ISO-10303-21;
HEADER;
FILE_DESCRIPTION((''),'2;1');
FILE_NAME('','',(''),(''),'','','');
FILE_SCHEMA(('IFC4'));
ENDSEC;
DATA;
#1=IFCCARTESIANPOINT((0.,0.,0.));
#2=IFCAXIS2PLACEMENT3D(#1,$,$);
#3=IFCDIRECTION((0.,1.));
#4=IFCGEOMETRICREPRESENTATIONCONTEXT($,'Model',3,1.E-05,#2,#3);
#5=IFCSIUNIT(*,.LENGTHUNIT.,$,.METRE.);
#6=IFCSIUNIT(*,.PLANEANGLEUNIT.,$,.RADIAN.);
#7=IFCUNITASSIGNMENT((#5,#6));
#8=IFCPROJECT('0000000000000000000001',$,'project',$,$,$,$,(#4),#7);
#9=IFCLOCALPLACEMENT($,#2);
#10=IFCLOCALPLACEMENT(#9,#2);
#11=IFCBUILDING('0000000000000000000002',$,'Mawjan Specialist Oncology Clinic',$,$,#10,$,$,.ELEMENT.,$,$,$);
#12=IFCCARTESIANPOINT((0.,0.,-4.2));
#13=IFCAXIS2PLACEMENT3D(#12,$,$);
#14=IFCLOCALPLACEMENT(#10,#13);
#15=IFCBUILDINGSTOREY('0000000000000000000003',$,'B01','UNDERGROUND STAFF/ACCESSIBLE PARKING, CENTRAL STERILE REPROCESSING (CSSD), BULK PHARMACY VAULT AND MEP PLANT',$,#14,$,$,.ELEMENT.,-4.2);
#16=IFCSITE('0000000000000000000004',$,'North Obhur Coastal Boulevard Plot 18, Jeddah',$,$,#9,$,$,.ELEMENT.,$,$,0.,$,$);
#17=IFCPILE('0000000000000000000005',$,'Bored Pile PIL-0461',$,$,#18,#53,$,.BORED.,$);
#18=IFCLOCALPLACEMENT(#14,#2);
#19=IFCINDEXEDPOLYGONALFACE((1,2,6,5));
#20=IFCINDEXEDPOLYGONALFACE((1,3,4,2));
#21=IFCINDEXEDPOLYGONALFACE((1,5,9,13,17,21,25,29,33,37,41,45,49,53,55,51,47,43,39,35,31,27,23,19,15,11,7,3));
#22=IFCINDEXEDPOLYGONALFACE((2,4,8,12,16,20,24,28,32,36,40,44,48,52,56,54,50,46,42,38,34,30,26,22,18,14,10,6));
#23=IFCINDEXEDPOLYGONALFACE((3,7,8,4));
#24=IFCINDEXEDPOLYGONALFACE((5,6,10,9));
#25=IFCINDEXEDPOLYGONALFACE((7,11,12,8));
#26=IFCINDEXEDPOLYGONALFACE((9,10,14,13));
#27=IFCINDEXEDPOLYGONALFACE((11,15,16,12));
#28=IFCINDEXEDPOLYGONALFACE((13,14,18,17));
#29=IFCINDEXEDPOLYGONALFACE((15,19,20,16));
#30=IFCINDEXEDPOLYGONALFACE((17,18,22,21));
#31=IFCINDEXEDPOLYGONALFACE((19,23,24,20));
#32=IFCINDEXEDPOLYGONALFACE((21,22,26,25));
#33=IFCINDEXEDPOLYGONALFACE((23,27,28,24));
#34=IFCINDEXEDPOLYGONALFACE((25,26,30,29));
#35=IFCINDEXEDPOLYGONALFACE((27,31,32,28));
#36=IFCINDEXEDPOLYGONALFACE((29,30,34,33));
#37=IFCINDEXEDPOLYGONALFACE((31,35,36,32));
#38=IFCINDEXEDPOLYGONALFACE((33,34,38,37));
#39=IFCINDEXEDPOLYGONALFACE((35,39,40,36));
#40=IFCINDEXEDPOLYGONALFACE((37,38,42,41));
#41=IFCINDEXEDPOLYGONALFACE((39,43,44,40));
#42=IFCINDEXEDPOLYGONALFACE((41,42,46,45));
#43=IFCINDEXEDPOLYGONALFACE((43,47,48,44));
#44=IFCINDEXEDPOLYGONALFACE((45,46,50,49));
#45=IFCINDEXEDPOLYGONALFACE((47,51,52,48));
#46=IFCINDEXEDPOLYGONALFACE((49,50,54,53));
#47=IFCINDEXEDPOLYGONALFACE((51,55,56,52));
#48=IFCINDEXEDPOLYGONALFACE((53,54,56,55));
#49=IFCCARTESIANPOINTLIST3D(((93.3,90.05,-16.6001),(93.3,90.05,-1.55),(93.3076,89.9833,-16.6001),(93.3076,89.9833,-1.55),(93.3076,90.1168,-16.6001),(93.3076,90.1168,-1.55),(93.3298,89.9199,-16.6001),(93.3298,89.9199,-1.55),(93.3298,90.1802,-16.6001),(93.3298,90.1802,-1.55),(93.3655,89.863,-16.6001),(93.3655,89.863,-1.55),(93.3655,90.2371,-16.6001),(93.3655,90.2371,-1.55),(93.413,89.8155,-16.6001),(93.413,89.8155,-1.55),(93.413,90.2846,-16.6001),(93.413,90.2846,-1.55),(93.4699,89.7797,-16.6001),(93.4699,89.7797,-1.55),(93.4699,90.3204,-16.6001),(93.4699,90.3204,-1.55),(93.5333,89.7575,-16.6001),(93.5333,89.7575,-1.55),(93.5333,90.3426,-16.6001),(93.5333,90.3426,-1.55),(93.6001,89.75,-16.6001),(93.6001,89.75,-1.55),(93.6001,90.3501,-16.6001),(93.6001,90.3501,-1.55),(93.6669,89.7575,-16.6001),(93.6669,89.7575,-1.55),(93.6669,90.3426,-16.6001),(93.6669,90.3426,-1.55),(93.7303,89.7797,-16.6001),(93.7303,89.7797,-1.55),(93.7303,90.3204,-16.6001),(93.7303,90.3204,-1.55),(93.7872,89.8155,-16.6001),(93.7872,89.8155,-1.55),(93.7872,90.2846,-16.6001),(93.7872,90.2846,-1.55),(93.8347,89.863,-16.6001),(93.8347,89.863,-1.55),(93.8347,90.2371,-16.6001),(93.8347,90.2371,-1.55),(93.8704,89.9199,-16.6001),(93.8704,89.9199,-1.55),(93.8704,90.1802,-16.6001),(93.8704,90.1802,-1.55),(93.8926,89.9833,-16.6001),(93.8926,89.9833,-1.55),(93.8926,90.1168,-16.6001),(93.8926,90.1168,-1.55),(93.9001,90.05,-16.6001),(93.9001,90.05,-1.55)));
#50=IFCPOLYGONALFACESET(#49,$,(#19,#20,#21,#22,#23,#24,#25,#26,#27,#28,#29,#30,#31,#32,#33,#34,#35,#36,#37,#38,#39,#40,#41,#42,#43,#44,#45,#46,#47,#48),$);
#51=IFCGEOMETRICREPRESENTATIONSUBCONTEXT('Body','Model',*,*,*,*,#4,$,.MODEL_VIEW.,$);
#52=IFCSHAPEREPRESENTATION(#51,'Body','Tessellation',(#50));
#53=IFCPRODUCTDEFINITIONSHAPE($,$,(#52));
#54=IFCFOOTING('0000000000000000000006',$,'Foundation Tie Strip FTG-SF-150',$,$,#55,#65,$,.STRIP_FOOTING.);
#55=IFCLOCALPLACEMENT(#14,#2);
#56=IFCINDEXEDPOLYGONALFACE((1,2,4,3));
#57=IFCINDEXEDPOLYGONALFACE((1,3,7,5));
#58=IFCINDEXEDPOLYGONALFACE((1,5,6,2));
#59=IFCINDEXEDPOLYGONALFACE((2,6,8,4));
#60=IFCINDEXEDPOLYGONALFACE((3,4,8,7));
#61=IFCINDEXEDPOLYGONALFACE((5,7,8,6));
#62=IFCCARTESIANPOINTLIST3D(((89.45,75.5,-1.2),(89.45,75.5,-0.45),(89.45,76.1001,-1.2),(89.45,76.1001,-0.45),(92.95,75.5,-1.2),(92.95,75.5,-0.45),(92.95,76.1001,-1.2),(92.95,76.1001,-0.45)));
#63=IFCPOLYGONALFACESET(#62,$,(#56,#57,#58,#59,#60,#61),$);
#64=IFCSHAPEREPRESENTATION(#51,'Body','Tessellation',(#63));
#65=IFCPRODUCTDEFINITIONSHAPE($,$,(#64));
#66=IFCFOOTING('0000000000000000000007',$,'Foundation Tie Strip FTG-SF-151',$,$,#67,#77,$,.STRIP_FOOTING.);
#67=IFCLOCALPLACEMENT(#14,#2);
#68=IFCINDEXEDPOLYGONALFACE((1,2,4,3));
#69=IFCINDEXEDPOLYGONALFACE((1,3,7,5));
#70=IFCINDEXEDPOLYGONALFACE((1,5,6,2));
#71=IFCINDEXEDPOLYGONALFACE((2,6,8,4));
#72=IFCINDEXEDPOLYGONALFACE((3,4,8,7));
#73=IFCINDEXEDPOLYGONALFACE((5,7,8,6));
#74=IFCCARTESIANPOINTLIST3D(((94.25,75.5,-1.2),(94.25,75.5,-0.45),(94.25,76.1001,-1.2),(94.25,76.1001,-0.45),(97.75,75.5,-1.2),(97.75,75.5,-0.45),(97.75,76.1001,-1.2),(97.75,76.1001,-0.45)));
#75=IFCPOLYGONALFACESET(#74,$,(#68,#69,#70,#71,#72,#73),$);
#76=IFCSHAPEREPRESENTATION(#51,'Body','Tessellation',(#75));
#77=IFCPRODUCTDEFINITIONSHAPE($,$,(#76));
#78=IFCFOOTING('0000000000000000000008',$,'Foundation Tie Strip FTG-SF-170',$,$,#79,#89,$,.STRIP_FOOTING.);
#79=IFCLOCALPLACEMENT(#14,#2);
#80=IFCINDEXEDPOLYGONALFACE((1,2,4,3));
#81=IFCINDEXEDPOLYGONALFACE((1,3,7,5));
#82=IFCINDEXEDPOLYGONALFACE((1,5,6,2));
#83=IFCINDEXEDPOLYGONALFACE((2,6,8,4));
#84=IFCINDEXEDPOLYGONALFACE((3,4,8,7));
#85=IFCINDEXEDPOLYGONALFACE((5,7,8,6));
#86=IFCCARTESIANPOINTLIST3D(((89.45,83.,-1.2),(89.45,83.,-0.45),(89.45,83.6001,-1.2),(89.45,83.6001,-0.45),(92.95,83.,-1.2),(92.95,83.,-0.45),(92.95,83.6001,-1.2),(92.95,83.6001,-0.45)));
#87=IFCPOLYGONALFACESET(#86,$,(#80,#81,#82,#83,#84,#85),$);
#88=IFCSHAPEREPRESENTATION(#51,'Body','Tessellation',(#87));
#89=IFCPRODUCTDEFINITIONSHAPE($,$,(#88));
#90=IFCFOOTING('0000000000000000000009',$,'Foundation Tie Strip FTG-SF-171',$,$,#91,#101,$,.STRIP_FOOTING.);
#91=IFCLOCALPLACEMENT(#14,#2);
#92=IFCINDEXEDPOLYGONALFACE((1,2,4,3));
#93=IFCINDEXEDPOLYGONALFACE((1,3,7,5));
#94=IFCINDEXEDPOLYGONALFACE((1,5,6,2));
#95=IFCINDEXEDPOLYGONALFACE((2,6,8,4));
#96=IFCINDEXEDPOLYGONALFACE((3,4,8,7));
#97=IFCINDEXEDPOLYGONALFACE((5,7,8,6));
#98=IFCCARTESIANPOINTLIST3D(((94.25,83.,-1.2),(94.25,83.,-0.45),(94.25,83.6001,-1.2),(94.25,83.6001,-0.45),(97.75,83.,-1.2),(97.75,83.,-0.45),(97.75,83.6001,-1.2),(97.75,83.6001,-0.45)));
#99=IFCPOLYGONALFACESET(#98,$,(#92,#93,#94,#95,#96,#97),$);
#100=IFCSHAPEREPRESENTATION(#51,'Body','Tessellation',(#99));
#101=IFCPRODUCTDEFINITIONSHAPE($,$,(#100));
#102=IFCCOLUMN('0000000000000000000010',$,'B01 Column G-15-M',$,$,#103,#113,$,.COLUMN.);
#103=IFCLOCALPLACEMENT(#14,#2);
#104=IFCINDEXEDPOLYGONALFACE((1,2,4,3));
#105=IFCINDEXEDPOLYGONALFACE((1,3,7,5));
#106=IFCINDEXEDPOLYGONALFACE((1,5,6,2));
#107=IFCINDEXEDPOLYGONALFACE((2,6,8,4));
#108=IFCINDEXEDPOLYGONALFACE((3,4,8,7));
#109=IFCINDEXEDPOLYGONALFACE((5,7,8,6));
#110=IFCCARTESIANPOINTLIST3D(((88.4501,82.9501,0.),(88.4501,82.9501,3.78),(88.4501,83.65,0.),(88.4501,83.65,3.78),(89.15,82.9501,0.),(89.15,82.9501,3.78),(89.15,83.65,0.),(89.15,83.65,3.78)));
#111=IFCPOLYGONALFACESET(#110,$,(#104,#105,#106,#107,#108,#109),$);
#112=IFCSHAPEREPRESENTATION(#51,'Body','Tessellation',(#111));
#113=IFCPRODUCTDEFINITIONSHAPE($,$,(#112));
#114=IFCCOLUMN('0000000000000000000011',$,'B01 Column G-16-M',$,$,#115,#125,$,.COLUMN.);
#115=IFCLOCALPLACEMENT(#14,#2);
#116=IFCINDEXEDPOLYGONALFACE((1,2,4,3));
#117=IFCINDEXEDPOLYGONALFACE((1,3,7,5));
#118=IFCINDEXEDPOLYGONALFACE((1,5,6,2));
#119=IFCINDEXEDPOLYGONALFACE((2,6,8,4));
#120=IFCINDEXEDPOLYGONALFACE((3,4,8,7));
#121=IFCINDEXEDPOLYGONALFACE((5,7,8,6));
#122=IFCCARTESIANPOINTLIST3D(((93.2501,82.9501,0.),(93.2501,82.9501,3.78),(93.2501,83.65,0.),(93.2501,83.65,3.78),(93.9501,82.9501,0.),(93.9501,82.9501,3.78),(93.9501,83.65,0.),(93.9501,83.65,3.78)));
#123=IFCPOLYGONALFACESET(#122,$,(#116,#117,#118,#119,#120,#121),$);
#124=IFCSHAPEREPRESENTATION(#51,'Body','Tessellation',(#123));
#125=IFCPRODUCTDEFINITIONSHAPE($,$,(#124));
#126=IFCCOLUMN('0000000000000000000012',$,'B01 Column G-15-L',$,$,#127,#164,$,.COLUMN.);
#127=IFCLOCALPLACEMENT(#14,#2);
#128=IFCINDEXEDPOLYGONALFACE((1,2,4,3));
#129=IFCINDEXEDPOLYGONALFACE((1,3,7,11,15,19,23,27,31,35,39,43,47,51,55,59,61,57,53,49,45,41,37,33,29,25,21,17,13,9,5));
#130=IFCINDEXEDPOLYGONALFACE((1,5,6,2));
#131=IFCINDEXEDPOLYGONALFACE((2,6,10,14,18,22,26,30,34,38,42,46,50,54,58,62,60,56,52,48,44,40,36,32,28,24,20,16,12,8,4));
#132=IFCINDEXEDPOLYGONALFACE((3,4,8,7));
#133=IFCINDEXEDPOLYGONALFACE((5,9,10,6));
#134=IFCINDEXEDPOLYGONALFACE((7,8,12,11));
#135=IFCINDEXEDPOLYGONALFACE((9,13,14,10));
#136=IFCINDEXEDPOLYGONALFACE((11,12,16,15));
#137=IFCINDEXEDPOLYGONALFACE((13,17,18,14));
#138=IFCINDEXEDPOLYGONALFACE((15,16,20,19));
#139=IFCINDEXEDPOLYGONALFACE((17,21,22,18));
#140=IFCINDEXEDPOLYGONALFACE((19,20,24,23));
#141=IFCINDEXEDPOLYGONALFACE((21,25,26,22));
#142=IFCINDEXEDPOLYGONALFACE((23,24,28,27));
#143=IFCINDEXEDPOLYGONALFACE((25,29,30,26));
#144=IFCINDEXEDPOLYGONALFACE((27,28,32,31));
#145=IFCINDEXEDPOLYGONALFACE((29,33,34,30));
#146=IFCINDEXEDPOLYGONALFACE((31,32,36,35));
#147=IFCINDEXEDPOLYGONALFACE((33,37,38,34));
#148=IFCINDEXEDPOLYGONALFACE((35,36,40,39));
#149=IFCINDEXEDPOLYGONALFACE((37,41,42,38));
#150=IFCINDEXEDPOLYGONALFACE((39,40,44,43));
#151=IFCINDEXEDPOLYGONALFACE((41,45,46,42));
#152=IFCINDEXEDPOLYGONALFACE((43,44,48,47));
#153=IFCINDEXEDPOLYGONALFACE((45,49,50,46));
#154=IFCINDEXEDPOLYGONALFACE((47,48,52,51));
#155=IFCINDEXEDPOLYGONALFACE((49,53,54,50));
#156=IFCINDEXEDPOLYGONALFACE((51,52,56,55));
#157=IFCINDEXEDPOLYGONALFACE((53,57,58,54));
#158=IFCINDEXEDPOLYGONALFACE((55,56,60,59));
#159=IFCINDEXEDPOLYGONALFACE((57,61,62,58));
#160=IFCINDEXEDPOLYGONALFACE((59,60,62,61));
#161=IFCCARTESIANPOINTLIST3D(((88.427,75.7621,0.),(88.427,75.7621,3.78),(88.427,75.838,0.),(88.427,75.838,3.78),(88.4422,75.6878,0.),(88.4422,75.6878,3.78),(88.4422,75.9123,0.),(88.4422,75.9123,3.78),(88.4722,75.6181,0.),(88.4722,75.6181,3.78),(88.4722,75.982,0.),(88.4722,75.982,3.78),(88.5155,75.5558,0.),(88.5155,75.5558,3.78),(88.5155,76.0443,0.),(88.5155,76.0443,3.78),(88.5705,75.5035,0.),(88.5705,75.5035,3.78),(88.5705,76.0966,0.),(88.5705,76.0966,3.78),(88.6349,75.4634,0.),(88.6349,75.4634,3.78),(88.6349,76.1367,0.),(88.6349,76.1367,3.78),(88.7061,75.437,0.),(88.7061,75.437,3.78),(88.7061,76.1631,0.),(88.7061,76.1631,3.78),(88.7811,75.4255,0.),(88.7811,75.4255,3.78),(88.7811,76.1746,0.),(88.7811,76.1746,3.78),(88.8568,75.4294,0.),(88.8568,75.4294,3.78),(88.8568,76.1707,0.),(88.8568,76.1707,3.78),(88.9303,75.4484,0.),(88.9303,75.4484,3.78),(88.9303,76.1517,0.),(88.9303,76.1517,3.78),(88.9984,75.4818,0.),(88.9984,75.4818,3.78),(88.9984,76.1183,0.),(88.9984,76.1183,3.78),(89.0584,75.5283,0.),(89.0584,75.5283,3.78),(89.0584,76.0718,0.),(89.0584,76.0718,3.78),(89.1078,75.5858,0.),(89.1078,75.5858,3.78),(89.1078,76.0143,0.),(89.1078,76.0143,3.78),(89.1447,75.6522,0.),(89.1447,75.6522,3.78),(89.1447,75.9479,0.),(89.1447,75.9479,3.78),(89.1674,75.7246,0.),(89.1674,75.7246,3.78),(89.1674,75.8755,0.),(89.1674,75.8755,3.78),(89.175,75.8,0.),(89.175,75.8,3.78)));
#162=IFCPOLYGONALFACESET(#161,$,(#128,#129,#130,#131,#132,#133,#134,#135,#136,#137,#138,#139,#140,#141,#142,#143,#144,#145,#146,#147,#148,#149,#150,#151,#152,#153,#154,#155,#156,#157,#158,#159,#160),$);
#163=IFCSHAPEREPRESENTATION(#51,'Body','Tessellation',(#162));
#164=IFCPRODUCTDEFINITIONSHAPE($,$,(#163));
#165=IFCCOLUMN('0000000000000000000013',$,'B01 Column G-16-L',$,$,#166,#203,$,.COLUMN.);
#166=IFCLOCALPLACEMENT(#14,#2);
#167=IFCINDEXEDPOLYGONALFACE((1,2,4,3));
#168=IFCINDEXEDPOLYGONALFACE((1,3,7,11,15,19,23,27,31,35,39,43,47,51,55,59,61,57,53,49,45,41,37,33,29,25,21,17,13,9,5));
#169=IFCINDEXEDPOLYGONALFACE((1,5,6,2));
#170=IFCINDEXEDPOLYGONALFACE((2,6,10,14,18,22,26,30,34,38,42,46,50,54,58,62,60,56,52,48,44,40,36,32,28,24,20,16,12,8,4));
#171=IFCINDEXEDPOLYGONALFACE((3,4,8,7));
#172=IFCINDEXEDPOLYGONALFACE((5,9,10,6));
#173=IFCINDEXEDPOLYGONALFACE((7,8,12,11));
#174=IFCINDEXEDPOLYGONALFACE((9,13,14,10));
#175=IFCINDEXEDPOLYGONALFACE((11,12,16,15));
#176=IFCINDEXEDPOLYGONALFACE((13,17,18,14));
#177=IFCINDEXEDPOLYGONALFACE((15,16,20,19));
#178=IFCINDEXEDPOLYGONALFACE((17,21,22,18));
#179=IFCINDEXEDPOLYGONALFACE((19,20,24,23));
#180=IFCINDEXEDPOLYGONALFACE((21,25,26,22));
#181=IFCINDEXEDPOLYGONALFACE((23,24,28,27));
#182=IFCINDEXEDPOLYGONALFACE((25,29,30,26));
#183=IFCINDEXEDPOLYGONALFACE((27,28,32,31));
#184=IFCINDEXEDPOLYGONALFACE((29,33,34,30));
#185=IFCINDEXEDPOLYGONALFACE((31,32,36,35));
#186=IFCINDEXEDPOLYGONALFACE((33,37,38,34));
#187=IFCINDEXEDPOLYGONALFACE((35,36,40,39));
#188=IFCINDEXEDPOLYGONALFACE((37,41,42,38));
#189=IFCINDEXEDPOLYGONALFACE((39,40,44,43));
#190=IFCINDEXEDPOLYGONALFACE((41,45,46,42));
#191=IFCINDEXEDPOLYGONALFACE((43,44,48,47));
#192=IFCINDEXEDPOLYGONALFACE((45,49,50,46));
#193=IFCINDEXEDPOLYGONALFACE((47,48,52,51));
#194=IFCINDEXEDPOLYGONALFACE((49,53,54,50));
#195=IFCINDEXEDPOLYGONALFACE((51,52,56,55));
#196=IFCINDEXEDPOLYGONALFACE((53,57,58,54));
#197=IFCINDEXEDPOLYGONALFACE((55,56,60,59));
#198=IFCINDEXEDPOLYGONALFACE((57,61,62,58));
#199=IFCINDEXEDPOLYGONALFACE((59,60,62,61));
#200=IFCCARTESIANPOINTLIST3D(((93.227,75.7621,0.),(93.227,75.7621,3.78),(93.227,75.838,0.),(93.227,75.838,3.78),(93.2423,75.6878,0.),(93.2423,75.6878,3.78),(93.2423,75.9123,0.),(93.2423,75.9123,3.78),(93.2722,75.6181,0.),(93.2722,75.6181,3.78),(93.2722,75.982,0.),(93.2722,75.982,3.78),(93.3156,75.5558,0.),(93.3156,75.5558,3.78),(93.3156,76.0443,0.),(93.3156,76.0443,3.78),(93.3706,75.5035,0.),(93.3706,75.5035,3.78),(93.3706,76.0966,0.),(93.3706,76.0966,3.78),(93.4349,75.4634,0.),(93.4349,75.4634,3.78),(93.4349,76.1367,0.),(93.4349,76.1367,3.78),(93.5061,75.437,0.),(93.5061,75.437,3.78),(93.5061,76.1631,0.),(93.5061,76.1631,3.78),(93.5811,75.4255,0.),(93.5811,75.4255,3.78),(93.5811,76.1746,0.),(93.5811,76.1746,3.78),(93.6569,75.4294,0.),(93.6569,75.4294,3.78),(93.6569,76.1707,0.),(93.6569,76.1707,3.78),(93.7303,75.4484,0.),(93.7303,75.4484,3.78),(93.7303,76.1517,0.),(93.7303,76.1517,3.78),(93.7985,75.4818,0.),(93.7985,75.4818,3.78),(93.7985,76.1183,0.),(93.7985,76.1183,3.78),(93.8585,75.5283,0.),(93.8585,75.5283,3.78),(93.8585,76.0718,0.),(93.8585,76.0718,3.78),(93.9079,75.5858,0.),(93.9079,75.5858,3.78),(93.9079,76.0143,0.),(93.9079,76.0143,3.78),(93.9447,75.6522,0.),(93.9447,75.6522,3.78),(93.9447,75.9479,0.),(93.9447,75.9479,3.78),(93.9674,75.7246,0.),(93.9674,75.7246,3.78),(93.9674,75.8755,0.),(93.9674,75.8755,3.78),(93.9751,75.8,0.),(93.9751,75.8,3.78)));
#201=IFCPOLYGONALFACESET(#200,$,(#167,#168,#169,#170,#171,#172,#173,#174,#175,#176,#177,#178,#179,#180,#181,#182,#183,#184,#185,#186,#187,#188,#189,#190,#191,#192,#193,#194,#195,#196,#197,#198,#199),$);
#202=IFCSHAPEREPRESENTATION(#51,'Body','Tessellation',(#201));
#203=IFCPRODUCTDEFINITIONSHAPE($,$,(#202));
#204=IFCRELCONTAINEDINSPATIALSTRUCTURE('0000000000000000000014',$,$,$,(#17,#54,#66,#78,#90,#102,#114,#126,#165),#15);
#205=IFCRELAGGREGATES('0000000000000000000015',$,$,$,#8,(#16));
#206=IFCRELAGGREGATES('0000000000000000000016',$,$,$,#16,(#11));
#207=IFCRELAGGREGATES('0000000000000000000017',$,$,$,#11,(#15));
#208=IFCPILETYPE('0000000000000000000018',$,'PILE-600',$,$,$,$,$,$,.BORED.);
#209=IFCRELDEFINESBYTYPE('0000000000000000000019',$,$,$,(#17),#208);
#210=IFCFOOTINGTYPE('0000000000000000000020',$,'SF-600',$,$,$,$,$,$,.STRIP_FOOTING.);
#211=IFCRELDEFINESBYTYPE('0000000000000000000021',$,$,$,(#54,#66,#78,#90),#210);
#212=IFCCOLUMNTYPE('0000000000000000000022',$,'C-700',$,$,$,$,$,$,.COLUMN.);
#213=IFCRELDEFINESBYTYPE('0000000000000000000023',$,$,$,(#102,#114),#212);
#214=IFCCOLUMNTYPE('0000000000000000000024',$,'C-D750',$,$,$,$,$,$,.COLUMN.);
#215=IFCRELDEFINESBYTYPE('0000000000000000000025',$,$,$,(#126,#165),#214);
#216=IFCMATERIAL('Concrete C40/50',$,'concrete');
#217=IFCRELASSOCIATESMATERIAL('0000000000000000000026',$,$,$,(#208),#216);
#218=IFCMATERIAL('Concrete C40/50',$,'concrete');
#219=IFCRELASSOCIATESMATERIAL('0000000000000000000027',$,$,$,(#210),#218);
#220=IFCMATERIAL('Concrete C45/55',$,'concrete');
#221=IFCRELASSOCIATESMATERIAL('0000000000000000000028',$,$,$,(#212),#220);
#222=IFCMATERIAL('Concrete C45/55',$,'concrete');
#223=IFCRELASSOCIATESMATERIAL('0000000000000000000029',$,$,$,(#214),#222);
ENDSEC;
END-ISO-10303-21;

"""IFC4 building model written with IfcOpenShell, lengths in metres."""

from ifc_helpers import new_model, si_unit, direction, frame, origin, origin_2d, place, context, subcontext, project, spatial, rectangle, circle, extrude, material, material_profile, profile_set, type_object, element, save


model = new_model("IFC4")

# Units and contexts
model_context = context("Model", 3, precision=1e-05, world=origin(), true_north=direction((0.0, 1.0)))
body_context = subcontext(model_context, "Body", "Model", "MODEL_VIEW")
ifc_project = project(units=[si_unit("LENGTHUNIT", "METRE"), si_unit("PLANEANGLEUNIT", "RADIAN")], contexts=[model_context])

# Site, building, storey
site_placement = place(None, origin())
site = spatial("IfcSite", under=ifc_project, at=site_placement, Name="North Obhur Coastal Boulevard Plot 18, Jeddah", CompositionType="ELEMENT", RefElevation=0.0)
building_placement = place(site_placement, origin())
building = spatial("IfcBuilding", under=site, at=building_placement, Name="Mawjan Specialist Oncology Clinic", CompositionType="ELEMENT")
storey_placement = place(building_placement, frame((0.0, 0.0, -4.2)))
storey = spatial("IfcBuildingStorey", under=building, at=storey_placement, Name="B01", Description="UNDERGROUND STAFF/ACCESSIBLE PARKING, CENTRAL STERILE REPROCESSING (CSSD), BULK PHARMACY VAULT AND MEP PLANT", CompositionType="ELEMENT", Elevation=-4.2)

# Pile
ifc_material_1 = material(Name="Concrete C40/50", Category="concrete")
ifc_material_profile_1 = material_profile(ifc_material_1, circle(Radius=0.3, at=origin_2d()), Name="BORED PILE D600", Category="concrete")
ifc_profile_set_1 = profile_set([ifc_material_profile_1], Name="Concrete C40/50")
pile_type = type_object("IfcPileType", Name="PILE-600", PredefinedType="BORED", material=ifc_profile_set_1)
for number, where, z_axis, x_axis, name in (
    (1, (93.6001, 90.05, -1.55), (0.0, 0.0, -1.0), (1.0, 0.0, 0.0), "Bored Pile PIL-0461"),
):
    element("IfcPile", number, at=place(storey_placement, frame(where, z_axis=z_axis, x_axis=x_axis)), inside=storey, type_object=pile_type, Name=name, PredefinedType="BORED", context=body_context, shape_type="SweptSolid", body=[
        extrude(circle(Radius=0.3, at=origin_2d()), origin(), (0.0, 0.0, 1.0), 15.05),
    ])

# Footings
ifc_material_2 = material(Name="Concrete C40/50", Category="concrete")
footing_type_1 = type_object("IfcFootingType", Name="SF-600", PredefinedType="STRIP_FOOTING", material=ifc_material_2)
for number, where, z_axis, x_axis, name in (
    (2, (91.2, 75.8, -1.2), (0.0, 0.0, 1.0), (1.0, 0.0, 0.0), "Foundation Tie Strip FTG-SF-150"),
    (3, (96.0, 75.8, -1.2), (0.0, 0.0, 1.0), (1.0, 0.0, 0.0), "Foundation Tie Strip FTG-SF-151"),
    (4, (91.2, 83.3, -1.2), (0.0, 0.0, 1.0), (1.0, 0.0, 0.0), "Foundation Tie Strip FTG-SF-170"),
    (5, (96.0, 83.3, -1.2), (0.0, 0.0, 1.0), (1.0, 0.0, 0.0), "Foundation Tie Strip FTG-SF-171"),
):
    element("IfcFooting", number, at=place(storey_placement, frame(where, z_axis=z_axis, x_axis=x_axis)), inside=storey, type_object=footing_type_1, Name=name, PredefinedType="STRIP_FOOTING", context=body_context, shape_type="SweptSolid", body=[
        extrude(rectangle(XDim=3.5, YDim=0.6001, at=origin_2d()), origin(), (0.0, 0.0, 1.0), 0.75),
    ])

# Columns
ifc_material_3 = material(Name="Concrete C45/55", Category="concrete")
ifc_material_profile_2 = material_profile(ifc_material_3, rectangle(XDim=0.7, YDim=0.7, at=origin_2d()), Name="RC COL 700x700", Category="concrete")
ifc_profile_set_2 = profile_set([ifc_material_profile_2], Name="Concrete C45/55")
column_type_1 = type_object("IfcColumnType", Name="C-700", PredefinedType="COLUMN", material=ifc_profile_set_2)
for number, where, z_axis, x_axis, name in (
    (6, (88.8, 83.3, 0.0), (0.0, 0.0, 1.0), (1.0, 0.0, 0.0), "B01 Column G-15-M"),
    (7, (93.6001, 83.3, 0.0), (0.0, 0.0, 1.0), (1.0, 0.0, 0.0), "B01 Column G-16-M"),
):
    element("IfcColumn", number, at=place(storey_placement, frame(where, z_axis=z_axis, x_axis=x_axis)), inside=storey, type_object=column_type_1, Name=name, PredefinedType="COLUMN", context=body_context, shape_type="SweptSolid", body=[
        extrude(rectangle(XDim=0.7, YDim=0.7, at=origin_2d()), origin(), (0.0, 0.0, 1.0), 3.78),
    ])
ifc_material_4 = material(Name="Concrete C45/55", Category="concrete")
ifc_material_profile_3 = material_profile(ifc_material_4, circle(Radius=0.375, at=origin_2d()), Name="RC COL D750", Category="concrete")
ifc_profile_set_3 = profile_set([ifc_material_profile_3], Name="Concrete C45/55")
column_type_2 = type_object("IfcColumnType", Name="C-D750", PredefinedType="COLUMN", material=ifc_profile_set_3)
for number, where, z_axis, x_axis, name in (
    (8, (88.8, 75.8, 0.0), (0.0, 0.0, 1.0), (1.0, 0.0, 0.0), "B01 Column G-15-L"),
    (9, (93.6001, 75.8, 0.0), (0.0, 0.0, 1.0), (1.0, 0.0, 0.0), "B01 Column G-16-L"),
):
    element("IfcColumn", number, at=place(storey_placement, frame(where, z_axis=z_axis, x_axis=x_axis)), inside=storey, type_object=column_type_2, Name=name, PredefinedType="COLUMN", context=body_context, shape_type="SweptSolid", body=[
        extrude(circle(Radius=0.375, at=origin_2d()), origin(), (0.0, 0.0, 1.0), 3.78),
    ])

save(model, "model.ifc")
